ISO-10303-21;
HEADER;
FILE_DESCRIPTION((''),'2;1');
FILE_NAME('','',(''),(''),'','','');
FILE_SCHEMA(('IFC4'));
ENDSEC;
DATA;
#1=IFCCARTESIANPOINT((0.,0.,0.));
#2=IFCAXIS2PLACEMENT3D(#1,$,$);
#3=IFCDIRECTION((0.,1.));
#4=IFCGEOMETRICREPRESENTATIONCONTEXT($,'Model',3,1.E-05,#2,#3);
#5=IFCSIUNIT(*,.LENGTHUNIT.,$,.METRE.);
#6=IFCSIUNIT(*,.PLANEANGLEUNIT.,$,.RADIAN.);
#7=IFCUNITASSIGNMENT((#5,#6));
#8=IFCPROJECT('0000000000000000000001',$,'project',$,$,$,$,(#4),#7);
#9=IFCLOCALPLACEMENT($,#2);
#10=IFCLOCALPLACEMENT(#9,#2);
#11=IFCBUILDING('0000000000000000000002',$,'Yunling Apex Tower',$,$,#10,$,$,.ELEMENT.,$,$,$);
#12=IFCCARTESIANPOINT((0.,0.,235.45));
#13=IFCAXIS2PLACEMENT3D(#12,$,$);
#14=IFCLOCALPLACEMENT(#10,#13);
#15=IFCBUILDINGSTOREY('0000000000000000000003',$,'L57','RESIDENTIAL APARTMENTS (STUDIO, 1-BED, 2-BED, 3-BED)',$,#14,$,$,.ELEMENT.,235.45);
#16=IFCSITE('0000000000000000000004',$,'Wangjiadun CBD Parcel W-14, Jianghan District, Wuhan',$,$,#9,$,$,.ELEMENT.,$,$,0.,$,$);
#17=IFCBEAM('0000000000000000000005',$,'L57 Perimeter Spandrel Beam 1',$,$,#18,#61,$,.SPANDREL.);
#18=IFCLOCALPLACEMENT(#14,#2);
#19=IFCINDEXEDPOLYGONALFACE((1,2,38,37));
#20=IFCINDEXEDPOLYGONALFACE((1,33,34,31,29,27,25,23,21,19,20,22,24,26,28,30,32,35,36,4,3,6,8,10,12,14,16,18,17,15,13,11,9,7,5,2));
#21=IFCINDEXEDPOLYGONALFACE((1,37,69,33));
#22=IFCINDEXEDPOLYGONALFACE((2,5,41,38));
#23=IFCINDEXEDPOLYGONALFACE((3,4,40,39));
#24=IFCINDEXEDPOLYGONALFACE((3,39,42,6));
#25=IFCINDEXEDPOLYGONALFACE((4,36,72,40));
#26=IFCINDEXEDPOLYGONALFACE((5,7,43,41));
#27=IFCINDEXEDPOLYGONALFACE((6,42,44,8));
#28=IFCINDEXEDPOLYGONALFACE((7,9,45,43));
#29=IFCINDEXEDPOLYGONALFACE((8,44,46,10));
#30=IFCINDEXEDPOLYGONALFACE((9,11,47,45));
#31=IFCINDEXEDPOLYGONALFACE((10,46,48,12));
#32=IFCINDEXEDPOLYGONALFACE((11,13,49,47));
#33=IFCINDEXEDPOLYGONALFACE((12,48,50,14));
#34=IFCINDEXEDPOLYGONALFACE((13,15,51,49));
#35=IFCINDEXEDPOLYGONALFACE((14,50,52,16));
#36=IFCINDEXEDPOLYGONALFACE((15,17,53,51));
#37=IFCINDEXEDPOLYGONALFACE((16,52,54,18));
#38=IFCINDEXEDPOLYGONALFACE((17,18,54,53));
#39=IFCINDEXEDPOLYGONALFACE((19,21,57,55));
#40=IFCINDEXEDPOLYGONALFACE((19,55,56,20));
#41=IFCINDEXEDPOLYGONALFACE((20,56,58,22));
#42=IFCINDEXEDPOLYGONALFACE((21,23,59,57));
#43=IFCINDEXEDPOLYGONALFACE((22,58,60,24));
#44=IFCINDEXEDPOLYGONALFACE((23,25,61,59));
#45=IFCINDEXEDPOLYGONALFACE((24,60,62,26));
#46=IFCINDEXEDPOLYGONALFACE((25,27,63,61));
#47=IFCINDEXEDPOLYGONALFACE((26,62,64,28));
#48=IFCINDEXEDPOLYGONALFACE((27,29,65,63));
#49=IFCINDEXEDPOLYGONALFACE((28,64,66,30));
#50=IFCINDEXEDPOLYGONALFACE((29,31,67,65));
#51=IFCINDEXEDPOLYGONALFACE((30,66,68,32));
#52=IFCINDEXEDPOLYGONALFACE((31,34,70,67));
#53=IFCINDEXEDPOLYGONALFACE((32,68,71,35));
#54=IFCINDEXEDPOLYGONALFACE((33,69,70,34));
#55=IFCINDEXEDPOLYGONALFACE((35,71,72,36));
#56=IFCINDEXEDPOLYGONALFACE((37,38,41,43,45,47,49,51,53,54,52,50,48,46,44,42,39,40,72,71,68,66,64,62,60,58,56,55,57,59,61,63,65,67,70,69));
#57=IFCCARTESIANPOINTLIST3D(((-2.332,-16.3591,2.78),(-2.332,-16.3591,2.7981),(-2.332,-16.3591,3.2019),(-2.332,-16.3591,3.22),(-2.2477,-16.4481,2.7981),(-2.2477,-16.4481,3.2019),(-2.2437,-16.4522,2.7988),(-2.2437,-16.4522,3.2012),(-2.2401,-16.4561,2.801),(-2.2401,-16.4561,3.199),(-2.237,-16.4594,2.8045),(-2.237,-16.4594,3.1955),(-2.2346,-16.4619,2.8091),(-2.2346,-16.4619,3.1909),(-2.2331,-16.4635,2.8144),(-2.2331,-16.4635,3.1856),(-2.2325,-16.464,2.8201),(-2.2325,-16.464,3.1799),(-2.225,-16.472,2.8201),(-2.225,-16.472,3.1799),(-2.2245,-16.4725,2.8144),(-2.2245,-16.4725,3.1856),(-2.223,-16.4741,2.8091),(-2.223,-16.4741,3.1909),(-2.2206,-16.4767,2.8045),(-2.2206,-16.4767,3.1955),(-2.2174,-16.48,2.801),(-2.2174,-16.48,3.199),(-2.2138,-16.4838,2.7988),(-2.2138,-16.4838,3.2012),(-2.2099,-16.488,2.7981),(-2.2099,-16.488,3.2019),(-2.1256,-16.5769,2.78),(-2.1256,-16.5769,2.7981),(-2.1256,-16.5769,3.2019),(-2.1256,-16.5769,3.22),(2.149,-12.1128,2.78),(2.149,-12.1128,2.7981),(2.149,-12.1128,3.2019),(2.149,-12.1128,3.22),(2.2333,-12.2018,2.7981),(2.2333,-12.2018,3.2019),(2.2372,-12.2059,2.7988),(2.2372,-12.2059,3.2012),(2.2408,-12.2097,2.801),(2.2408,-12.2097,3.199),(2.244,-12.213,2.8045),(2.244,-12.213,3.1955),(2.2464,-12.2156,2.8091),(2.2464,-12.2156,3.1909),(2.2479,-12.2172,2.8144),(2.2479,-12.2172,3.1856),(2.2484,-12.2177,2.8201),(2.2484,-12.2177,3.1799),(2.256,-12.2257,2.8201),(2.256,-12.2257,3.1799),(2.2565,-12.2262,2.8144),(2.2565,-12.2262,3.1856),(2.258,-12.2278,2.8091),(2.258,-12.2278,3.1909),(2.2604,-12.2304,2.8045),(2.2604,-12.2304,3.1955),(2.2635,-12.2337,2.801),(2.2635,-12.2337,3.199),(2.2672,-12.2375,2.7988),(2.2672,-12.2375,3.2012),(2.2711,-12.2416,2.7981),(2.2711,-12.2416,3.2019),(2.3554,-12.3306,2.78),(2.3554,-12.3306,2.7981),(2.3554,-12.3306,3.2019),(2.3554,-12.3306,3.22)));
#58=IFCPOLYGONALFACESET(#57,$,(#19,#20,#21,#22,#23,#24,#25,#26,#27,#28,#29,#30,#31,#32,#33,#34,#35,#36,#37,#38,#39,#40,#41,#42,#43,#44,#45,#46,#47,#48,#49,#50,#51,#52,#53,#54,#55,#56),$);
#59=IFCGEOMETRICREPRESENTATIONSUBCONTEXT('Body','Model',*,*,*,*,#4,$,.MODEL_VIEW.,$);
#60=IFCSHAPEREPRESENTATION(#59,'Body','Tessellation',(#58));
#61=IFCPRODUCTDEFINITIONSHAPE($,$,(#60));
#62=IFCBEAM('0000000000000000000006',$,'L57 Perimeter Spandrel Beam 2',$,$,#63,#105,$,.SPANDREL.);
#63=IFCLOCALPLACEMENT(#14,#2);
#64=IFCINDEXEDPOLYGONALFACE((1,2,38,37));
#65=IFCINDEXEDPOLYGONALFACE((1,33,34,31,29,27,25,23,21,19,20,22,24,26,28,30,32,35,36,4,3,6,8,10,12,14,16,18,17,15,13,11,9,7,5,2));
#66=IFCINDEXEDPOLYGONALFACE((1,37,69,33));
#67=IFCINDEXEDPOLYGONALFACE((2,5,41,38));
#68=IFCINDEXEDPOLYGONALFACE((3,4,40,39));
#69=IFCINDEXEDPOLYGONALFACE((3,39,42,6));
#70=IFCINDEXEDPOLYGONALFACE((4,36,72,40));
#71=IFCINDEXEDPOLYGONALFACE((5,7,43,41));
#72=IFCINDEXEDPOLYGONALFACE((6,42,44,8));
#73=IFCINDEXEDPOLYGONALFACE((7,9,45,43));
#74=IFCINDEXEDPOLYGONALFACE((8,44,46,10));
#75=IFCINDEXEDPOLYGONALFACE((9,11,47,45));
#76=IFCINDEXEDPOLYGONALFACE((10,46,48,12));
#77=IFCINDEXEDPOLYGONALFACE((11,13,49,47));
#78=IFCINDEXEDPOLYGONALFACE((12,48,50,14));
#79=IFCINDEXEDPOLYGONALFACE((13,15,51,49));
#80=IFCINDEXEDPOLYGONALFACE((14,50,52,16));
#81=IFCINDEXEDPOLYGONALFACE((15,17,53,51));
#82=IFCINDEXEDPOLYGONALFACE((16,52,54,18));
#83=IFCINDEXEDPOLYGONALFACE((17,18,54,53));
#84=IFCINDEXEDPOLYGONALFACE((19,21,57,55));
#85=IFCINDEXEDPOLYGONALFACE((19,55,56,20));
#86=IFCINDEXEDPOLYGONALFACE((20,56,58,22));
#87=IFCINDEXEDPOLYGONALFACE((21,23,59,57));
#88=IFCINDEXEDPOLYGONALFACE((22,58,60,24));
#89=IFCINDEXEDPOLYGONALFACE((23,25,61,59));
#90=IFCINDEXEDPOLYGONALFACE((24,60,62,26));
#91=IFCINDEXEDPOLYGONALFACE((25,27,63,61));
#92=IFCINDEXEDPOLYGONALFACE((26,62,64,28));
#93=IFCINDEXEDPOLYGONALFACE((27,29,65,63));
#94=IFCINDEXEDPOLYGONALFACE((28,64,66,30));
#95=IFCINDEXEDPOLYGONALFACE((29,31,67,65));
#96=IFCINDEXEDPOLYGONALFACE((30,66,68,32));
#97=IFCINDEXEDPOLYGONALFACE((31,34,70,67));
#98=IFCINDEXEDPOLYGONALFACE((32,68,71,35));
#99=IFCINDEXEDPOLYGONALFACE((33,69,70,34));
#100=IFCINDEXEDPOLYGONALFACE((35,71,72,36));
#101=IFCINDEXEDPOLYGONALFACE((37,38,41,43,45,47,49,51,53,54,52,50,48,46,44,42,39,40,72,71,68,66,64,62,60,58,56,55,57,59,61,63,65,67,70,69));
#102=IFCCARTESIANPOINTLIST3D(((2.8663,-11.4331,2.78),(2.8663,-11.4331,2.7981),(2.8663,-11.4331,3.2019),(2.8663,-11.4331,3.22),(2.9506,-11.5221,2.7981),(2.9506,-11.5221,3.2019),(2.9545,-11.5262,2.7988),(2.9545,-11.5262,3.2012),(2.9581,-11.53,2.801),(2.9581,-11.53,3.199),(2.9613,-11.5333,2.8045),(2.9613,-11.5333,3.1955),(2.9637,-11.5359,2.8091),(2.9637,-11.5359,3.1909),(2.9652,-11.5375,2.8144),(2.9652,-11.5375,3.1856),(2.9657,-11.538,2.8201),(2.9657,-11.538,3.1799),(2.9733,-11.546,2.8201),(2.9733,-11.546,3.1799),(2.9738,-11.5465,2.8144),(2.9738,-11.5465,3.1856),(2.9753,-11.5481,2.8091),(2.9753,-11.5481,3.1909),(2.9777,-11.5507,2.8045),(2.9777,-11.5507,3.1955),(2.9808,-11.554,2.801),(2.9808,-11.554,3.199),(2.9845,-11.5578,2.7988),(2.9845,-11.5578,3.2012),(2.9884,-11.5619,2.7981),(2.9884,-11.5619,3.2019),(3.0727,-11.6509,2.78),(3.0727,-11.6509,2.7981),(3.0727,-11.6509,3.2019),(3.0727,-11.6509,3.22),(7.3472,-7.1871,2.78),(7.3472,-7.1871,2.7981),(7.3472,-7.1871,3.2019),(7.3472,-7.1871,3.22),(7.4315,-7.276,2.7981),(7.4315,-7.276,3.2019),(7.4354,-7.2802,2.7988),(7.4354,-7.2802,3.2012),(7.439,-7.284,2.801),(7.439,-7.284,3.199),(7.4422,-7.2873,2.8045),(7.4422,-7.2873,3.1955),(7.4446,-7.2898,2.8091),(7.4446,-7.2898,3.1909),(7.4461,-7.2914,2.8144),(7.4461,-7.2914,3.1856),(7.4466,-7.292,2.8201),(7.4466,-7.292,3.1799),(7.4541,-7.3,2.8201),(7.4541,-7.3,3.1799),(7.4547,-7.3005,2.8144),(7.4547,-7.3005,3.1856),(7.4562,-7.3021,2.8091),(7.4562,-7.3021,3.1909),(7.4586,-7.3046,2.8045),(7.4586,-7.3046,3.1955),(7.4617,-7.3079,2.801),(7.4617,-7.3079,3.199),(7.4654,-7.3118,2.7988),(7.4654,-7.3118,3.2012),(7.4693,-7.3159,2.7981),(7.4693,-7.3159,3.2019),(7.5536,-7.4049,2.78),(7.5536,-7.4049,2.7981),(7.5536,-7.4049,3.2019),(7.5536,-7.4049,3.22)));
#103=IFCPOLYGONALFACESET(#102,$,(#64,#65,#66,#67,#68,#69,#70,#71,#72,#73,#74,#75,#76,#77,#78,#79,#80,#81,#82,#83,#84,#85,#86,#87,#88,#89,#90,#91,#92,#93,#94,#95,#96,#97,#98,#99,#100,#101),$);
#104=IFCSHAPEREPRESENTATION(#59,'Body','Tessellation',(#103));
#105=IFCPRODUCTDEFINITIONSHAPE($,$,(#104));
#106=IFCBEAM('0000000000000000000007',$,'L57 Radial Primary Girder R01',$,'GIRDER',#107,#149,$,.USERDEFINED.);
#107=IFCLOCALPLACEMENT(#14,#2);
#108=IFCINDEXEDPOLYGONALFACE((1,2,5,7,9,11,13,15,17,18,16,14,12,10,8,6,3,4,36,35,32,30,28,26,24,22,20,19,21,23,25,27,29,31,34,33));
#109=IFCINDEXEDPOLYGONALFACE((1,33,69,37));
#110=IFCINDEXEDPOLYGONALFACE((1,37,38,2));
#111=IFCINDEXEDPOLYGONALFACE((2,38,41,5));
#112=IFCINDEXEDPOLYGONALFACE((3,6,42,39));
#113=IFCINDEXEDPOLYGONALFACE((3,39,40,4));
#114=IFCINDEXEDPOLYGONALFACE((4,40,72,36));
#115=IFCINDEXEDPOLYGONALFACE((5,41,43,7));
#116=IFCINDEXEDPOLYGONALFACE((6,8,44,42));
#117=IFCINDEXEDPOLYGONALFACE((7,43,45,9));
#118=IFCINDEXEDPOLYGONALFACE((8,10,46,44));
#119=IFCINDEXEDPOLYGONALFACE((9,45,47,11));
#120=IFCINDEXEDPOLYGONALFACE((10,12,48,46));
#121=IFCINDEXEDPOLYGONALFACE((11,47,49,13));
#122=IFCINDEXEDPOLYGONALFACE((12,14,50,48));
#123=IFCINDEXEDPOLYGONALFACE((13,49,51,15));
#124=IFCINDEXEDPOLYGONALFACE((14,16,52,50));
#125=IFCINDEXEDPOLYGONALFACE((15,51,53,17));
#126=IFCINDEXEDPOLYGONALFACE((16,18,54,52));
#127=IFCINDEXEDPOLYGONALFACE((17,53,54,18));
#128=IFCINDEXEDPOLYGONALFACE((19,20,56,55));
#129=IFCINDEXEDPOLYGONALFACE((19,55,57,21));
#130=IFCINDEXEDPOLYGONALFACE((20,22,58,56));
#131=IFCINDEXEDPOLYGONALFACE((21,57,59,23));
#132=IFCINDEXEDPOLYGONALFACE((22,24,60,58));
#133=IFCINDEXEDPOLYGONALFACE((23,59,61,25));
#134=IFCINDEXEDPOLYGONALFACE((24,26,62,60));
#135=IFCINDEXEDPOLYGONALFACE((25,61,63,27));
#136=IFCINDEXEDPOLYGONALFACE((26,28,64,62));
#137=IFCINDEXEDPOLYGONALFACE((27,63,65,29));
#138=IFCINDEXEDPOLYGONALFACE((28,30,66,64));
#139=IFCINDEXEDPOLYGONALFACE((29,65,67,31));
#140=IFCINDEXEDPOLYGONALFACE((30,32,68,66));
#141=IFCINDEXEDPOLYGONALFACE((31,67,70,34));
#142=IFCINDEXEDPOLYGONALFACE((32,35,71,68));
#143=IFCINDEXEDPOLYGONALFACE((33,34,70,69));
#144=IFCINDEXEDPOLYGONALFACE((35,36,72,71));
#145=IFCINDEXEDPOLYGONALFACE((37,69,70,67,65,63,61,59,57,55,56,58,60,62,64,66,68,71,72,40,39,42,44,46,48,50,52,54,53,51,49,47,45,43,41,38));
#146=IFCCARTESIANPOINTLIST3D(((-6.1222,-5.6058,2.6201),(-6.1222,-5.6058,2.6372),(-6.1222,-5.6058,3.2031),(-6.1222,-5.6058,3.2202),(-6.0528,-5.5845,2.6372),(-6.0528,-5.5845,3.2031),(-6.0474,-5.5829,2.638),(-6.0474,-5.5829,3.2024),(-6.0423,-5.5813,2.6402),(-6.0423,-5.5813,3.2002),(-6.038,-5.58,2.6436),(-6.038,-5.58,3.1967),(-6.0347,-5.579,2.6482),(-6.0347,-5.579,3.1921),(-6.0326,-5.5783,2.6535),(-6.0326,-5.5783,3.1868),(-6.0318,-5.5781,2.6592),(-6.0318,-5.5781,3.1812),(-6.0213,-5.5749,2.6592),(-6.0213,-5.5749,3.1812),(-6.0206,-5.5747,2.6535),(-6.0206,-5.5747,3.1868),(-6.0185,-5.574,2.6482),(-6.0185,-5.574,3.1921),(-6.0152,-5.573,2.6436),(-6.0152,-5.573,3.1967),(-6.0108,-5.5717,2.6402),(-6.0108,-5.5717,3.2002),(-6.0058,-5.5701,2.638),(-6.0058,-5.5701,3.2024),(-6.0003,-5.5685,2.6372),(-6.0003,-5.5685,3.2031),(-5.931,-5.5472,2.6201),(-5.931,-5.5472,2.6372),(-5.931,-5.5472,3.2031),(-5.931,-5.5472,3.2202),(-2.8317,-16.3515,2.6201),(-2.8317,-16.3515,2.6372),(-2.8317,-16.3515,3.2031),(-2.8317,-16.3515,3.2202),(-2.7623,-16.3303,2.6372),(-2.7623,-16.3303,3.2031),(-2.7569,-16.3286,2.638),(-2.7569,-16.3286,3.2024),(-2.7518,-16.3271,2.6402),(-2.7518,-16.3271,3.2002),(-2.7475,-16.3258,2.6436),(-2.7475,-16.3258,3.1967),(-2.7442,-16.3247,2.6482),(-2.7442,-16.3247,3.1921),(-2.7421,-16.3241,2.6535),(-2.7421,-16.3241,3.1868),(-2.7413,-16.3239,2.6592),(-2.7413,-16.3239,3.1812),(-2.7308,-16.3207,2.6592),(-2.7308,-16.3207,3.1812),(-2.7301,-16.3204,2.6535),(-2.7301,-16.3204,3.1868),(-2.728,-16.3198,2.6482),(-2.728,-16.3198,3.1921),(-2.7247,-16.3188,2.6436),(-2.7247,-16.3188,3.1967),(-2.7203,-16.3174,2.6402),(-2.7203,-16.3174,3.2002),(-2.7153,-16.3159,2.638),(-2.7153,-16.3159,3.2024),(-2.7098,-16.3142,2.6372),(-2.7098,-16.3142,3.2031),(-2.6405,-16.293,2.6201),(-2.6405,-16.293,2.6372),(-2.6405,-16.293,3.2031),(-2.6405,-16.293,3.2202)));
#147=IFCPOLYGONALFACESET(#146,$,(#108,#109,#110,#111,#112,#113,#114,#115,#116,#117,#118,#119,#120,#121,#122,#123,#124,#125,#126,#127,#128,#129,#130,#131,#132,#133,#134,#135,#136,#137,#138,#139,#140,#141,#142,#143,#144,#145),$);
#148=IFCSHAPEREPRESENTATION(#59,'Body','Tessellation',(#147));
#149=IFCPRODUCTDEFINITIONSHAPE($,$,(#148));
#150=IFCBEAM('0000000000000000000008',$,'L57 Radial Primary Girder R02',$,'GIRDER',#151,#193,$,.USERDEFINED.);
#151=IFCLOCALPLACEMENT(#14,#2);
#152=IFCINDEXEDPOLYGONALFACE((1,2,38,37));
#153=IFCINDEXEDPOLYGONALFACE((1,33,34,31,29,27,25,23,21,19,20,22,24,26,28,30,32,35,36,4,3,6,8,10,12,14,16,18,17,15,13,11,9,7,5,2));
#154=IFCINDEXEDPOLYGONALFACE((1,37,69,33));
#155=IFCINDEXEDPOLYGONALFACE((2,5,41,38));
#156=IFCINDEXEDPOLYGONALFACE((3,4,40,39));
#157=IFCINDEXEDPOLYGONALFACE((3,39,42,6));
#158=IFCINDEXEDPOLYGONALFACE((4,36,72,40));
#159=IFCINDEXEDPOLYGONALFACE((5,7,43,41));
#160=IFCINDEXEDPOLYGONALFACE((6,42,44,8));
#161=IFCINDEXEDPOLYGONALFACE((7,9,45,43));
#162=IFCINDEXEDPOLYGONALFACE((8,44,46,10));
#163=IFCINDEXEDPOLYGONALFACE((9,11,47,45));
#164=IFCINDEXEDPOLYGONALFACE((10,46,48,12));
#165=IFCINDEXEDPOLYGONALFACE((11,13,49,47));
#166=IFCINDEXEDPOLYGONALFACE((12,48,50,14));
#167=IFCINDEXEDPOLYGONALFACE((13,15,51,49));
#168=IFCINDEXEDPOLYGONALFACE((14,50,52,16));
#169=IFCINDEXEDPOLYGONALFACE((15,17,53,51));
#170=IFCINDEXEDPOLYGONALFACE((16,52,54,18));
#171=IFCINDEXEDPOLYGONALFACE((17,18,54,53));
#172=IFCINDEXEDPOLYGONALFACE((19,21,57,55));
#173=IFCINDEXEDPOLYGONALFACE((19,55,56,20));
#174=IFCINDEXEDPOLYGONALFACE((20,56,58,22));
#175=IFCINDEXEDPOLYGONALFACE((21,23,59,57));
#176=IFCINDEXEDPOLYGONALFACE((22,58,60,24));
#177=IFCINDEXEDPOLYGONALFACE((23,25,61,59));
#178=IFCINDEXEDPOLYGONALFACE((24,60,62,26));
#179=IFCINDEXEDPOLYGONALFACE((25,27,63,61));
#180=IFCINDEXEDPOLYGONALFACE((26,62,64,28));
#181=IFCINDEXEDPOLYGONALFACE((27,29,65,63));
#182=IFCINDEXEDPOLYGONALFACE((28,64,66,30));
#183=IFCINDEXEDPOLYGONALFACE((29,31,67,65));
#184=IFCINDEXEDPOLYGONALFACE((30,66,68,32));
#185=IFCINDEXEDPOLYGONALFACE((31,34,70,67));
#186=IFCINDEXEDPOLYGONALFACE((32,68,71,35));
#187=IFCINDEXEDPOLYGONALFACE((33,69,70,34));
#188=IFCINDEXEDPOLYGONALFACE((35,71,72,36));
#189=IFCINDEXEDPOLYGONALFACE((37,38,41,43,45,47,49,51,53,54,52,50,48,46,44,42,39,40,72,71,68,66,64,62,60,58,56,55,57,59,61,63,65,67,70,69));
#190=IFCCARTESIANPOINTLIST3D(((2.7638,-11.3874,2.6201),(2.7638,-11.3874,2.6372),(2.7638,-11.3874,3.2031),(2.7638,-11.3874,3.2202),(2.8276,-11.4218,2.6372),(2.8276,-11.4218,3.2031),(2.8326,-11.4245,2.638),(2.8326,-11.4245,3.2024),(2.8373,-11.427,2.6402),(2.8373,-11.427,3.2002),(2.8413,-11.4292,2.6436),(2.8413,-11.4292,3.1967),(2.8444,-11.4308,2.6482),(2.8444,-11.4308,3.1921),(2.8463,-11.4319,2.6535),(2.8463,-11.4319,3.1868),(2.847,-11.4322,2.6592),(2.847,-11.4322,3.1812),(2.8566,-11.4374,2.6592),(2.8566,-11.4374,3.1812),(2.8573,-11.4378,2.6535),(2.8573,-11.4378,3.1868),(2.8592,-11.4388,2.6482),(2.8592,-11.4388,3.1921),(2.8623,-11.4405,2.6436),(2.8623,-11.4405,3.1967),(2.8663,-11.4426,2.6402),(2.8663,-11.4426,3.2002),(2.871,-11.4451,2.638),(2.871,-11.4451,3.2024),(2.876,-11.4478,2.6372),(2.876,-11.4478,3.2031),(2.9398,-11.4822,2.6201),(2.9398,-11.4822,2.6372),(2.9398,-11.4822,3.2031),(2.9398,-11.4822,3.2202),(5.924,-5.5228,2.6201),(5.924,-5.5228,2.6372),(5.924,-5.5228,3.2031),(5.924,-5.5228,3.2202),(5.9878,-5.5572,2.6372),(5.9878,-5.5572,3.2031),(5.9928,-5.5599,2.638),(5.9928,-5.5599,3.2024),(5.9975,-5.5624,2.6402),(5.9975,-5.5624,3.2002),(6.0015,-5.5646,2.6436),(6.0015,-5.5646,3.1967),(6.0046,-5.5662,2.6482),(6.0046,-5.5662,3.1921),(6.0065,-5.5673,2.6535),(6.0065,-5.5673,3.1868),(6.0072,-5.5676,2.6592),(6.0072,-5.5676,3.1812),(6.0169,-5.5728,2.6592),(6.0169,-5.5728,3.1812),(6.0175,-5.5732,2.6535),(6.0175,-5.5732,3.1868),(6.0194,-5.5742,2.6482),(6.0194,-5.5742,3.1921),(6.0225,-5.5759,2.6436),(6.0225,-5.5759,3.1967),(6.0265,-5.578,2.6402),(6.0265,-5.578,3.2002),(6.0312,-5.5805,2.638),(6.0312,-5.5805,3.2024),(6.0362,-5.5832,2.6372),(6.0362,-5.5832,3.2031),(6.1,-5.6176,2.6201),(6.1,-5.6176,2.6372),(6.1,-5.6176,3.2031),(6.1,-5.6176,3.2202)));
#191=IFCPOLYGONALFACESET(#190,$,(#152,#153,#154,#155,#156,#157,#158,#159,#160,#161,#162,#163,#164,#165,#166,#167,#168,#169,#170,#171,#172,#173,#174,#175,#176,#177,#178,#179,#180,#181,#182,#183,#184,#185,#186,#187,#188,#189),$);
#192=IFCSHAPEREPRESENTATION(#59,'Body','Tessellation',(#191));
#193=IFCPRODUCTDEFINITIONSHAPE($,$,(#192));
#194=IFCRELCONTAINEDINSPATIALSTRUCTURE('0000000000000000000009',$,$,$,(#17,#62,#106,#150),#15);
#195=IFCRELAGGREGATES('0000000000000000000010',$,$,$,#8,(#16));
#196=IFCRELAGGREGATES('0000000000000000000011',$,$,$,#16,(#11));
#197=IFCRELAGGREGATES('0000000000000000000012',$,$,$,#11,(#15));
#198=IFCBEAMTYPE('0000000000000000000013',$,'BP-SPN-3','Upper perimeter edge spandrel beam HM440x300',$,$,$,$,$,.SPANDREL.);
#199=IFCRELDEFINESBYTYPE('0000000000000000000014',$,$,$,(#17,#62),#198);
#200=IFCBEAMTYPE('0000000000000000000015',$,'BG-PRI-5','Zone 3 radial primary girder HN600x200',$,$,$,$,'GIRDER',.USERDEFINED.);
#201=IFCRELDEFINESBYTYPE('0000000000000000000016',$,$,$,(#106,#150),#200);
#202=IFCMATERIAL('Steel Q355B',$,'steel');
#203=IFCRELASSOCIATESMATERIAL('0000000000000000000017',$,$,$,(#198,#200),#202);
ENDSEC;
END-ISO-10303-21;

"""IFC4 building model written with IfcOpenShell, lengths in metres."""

from ifc_helpers import new_model, si_unit, direction, frame, origin, origin_2d, place, context, subcontext, project, spatial, i_section, extrude, source, transform, mapped, material, material_profile, profile_set, type_object, element, save


model = new_model("IFC4")

# Units and contexts
model_context = context("Model", 3, precision=1e-05, world=origin(), true_north=direction((0.0, 1.0)))
body_context = subcontext(model_context, "Body", "Model", "MODEL_VIEW")
ifc_project = project(units=[si_unit("LENGTHUNIT", "METRE"), si_unit("PLANEANGLEUNIT", "RADIAN")], contexts=[model_context])

# Site, building, storey
site_placement = place(None, origin())
site = spatial("IfcSite", under=ifc_project, at=site_placement, Name="Wangjiadun CBD Parcel W-14, Jianghan District, Wuhan", CompositionType="ELEMENT", RefElevation=0.0)
building_placement = place(site_placement, origin())
building = spatial("IfcBuilding", under=site, at=building_placement, Name="Yunling Apex Tower", CompositionType="ELEMENT")
storey_placement = place(building_placement, frame((0.0, 0.0, 235.45)))
storey = spatial("IfcBuildingStorey", under=building, at=storey_placement, Name="L57", Description="RESIDENTIAL APARTMENTS (STUDIO, 1-BED, 2-BED, 3-BED)", CompositionType="ELEMENT", Elevation=235.45)

# Beams
ifc_material_1 = material(Name="Steel Q355B", Category="steel")
ifc_material_profile_1 = material_profile(ifc_material_1, i_section(OverallWidth=0.3, OverallDepth=0.4399, WebThickness=0.011, FlangeThickness=0.0181, FilletRadius=0.022, at=origin_2d()))
ifc_profile_set_1 = profile_set([ifc_material_profile_1], Name="Steel Q355B")
beam_type_1 = type_object("IfcBeamType", Name="BP-SPN-3", Description="Upper perimeter edge spandrel beam HM440x300", PredefinedType="SPANDREL", material=ifc_profile_set_1)
shared_shape_1 = source(origin(), body_context, "Body", "SweptSolid", [
    extrude(i_section(OverallWidth=0.3, OverallDepth=0.4399, WebThickness=0.011, FlangeThickness=0.0181, FilletRadius=0.022, at=origin_2d()), origin(), (0.0, 0.0, 1.0), 6.1733),
])
beam_1_placement = place(storey_placement, frame((-2.2288, -16.468, 3.0), z_axis=(0.725854, 0.687849, 0.0), x_axis=(-0.687849, 0.725854, 0.0)))
element("IfcBeam", 1, at=beam_1_placement, inside=storey, type_object=beam_type_1, Name="L57 Perimeter Spandrel Beam 1", PredefinedType="SPANDREL", context=body_context, shape_type="MappedRepresentation", body=[
    mapped(shared_shape_1, transform((0.0, 0.0, 0.0), scale=1.0)),
])
shared_shape_2 = source(origin(), body_context, "Body", "SweptSolid", [
    extrude(i_section(OverallWidth=0.3, OverallDepth=0.4399, WebThickness=0.011, FlangeThickness=0.0181, FilletRadius=0.022, at=origin_2d()), origin(), (0.0, 0.0, 1.0), 6.1731),
])
beam_2_placement = place(storey_placement, frame((2.9695, -11.542, 3.0), z_axis=(0.725874, 0.687828, 0.0), x_axis=(-0.687828, 0.725874, 0.0)))
element("IfcBeam", 2, at=beam_2_placement, inside=storey, type_object=beam_type_1, Name="L57 Perimeter Spandrel Beam 2", PredefinedType="SPANDREL", context=body_context, shape_type="MappedRepresentation", body=[
    mapped(shared_shape_2, transform((0.0, 0.0, 0.0), scale=1.0)),
])
ifc_material_profile_2 = material_profile(ifc_material_1, i_section(OverallWidth=0.2, OverallDepth=0.6001, WebThickness=0.011, FlangeThickness=0.0171, FilletRadius=0.022, at=origin_2d()))
ifc_profile_set_2 = profile_set([ifc_material_profile_2], Name="Steel Q355B")
beam_type_2 = type_object("IfcBeamType", Name="BG-PRI-5", Description="Zone 3 radial primary girder HN600x200", ElementType="GIRDER", PredefinedType="USERDEFINED", material=ifc_profile_set_2)
shared_shape_3 = source(origin(), body_context, "Body", "SweptSolid", [
    extrude(i_section(OverallWidth=0.2, OverallDepth=0.6001, WebThickness=0.011, FlangeThickness=0.0171, FilletRadius=0.022, at=origin_2d()), origin(), (0.0, 0.0, 1.0), 11.2383),
])
beam_3_placement = place(storey_placement, frame((-2.7361, -16.3223, 2.9202), z_axis=(-0.292794, 0.956176, 0.0), x_axis=(-0.956176, -0.292794, 0.0)))
element("IfcBeam", 3, at=beam_3_placement, inside=storey, type_object=beam_type_2, Name="L57 Radial Primary Girder R01", ObjectType="GIRDER", PredefinedType="USERDEFINED", context=body_context, shape_type="MappedRepresentation", body=[
    mapped(shared_shape_3, transform((0.0, 0.0, 0.0), scale=1.0)),
])
shared_shape_4 = source(origin(), body_context, "Body", "SweptSolid", [
    extrude(i_section(OverallWidth=0.2, OverallDepth=0.6001, WebThickness=0.011, FlangeThickness=0.0171, FilletRadius=0.022, at=origin_2d()), origin(), (0.0, 0.0, 1.0), 6.6619),
])
beam_4_placement = place(storey_placement, frame((2.8518, -11.4348, 2.9202), z_axis=(0.474373, 0.880324, 0.0), x_axis=(-0.880324, 0.474373, 0.0)))
element("IfcBeam", 4, at=beam_4_placement, inside=storey, type_object=beam_type_2, Name="L57 Radial Primary Girder R02", ObjectType="GIRDER", PredefinedType="USERDEFINED", context=body_context, shape_type="MappedRepresentation", body=[
    mapped(shared_shape_4, transform((0.0, 0.0, 0.0), scale=1.0)),
])

save(model, "model.ifc")
